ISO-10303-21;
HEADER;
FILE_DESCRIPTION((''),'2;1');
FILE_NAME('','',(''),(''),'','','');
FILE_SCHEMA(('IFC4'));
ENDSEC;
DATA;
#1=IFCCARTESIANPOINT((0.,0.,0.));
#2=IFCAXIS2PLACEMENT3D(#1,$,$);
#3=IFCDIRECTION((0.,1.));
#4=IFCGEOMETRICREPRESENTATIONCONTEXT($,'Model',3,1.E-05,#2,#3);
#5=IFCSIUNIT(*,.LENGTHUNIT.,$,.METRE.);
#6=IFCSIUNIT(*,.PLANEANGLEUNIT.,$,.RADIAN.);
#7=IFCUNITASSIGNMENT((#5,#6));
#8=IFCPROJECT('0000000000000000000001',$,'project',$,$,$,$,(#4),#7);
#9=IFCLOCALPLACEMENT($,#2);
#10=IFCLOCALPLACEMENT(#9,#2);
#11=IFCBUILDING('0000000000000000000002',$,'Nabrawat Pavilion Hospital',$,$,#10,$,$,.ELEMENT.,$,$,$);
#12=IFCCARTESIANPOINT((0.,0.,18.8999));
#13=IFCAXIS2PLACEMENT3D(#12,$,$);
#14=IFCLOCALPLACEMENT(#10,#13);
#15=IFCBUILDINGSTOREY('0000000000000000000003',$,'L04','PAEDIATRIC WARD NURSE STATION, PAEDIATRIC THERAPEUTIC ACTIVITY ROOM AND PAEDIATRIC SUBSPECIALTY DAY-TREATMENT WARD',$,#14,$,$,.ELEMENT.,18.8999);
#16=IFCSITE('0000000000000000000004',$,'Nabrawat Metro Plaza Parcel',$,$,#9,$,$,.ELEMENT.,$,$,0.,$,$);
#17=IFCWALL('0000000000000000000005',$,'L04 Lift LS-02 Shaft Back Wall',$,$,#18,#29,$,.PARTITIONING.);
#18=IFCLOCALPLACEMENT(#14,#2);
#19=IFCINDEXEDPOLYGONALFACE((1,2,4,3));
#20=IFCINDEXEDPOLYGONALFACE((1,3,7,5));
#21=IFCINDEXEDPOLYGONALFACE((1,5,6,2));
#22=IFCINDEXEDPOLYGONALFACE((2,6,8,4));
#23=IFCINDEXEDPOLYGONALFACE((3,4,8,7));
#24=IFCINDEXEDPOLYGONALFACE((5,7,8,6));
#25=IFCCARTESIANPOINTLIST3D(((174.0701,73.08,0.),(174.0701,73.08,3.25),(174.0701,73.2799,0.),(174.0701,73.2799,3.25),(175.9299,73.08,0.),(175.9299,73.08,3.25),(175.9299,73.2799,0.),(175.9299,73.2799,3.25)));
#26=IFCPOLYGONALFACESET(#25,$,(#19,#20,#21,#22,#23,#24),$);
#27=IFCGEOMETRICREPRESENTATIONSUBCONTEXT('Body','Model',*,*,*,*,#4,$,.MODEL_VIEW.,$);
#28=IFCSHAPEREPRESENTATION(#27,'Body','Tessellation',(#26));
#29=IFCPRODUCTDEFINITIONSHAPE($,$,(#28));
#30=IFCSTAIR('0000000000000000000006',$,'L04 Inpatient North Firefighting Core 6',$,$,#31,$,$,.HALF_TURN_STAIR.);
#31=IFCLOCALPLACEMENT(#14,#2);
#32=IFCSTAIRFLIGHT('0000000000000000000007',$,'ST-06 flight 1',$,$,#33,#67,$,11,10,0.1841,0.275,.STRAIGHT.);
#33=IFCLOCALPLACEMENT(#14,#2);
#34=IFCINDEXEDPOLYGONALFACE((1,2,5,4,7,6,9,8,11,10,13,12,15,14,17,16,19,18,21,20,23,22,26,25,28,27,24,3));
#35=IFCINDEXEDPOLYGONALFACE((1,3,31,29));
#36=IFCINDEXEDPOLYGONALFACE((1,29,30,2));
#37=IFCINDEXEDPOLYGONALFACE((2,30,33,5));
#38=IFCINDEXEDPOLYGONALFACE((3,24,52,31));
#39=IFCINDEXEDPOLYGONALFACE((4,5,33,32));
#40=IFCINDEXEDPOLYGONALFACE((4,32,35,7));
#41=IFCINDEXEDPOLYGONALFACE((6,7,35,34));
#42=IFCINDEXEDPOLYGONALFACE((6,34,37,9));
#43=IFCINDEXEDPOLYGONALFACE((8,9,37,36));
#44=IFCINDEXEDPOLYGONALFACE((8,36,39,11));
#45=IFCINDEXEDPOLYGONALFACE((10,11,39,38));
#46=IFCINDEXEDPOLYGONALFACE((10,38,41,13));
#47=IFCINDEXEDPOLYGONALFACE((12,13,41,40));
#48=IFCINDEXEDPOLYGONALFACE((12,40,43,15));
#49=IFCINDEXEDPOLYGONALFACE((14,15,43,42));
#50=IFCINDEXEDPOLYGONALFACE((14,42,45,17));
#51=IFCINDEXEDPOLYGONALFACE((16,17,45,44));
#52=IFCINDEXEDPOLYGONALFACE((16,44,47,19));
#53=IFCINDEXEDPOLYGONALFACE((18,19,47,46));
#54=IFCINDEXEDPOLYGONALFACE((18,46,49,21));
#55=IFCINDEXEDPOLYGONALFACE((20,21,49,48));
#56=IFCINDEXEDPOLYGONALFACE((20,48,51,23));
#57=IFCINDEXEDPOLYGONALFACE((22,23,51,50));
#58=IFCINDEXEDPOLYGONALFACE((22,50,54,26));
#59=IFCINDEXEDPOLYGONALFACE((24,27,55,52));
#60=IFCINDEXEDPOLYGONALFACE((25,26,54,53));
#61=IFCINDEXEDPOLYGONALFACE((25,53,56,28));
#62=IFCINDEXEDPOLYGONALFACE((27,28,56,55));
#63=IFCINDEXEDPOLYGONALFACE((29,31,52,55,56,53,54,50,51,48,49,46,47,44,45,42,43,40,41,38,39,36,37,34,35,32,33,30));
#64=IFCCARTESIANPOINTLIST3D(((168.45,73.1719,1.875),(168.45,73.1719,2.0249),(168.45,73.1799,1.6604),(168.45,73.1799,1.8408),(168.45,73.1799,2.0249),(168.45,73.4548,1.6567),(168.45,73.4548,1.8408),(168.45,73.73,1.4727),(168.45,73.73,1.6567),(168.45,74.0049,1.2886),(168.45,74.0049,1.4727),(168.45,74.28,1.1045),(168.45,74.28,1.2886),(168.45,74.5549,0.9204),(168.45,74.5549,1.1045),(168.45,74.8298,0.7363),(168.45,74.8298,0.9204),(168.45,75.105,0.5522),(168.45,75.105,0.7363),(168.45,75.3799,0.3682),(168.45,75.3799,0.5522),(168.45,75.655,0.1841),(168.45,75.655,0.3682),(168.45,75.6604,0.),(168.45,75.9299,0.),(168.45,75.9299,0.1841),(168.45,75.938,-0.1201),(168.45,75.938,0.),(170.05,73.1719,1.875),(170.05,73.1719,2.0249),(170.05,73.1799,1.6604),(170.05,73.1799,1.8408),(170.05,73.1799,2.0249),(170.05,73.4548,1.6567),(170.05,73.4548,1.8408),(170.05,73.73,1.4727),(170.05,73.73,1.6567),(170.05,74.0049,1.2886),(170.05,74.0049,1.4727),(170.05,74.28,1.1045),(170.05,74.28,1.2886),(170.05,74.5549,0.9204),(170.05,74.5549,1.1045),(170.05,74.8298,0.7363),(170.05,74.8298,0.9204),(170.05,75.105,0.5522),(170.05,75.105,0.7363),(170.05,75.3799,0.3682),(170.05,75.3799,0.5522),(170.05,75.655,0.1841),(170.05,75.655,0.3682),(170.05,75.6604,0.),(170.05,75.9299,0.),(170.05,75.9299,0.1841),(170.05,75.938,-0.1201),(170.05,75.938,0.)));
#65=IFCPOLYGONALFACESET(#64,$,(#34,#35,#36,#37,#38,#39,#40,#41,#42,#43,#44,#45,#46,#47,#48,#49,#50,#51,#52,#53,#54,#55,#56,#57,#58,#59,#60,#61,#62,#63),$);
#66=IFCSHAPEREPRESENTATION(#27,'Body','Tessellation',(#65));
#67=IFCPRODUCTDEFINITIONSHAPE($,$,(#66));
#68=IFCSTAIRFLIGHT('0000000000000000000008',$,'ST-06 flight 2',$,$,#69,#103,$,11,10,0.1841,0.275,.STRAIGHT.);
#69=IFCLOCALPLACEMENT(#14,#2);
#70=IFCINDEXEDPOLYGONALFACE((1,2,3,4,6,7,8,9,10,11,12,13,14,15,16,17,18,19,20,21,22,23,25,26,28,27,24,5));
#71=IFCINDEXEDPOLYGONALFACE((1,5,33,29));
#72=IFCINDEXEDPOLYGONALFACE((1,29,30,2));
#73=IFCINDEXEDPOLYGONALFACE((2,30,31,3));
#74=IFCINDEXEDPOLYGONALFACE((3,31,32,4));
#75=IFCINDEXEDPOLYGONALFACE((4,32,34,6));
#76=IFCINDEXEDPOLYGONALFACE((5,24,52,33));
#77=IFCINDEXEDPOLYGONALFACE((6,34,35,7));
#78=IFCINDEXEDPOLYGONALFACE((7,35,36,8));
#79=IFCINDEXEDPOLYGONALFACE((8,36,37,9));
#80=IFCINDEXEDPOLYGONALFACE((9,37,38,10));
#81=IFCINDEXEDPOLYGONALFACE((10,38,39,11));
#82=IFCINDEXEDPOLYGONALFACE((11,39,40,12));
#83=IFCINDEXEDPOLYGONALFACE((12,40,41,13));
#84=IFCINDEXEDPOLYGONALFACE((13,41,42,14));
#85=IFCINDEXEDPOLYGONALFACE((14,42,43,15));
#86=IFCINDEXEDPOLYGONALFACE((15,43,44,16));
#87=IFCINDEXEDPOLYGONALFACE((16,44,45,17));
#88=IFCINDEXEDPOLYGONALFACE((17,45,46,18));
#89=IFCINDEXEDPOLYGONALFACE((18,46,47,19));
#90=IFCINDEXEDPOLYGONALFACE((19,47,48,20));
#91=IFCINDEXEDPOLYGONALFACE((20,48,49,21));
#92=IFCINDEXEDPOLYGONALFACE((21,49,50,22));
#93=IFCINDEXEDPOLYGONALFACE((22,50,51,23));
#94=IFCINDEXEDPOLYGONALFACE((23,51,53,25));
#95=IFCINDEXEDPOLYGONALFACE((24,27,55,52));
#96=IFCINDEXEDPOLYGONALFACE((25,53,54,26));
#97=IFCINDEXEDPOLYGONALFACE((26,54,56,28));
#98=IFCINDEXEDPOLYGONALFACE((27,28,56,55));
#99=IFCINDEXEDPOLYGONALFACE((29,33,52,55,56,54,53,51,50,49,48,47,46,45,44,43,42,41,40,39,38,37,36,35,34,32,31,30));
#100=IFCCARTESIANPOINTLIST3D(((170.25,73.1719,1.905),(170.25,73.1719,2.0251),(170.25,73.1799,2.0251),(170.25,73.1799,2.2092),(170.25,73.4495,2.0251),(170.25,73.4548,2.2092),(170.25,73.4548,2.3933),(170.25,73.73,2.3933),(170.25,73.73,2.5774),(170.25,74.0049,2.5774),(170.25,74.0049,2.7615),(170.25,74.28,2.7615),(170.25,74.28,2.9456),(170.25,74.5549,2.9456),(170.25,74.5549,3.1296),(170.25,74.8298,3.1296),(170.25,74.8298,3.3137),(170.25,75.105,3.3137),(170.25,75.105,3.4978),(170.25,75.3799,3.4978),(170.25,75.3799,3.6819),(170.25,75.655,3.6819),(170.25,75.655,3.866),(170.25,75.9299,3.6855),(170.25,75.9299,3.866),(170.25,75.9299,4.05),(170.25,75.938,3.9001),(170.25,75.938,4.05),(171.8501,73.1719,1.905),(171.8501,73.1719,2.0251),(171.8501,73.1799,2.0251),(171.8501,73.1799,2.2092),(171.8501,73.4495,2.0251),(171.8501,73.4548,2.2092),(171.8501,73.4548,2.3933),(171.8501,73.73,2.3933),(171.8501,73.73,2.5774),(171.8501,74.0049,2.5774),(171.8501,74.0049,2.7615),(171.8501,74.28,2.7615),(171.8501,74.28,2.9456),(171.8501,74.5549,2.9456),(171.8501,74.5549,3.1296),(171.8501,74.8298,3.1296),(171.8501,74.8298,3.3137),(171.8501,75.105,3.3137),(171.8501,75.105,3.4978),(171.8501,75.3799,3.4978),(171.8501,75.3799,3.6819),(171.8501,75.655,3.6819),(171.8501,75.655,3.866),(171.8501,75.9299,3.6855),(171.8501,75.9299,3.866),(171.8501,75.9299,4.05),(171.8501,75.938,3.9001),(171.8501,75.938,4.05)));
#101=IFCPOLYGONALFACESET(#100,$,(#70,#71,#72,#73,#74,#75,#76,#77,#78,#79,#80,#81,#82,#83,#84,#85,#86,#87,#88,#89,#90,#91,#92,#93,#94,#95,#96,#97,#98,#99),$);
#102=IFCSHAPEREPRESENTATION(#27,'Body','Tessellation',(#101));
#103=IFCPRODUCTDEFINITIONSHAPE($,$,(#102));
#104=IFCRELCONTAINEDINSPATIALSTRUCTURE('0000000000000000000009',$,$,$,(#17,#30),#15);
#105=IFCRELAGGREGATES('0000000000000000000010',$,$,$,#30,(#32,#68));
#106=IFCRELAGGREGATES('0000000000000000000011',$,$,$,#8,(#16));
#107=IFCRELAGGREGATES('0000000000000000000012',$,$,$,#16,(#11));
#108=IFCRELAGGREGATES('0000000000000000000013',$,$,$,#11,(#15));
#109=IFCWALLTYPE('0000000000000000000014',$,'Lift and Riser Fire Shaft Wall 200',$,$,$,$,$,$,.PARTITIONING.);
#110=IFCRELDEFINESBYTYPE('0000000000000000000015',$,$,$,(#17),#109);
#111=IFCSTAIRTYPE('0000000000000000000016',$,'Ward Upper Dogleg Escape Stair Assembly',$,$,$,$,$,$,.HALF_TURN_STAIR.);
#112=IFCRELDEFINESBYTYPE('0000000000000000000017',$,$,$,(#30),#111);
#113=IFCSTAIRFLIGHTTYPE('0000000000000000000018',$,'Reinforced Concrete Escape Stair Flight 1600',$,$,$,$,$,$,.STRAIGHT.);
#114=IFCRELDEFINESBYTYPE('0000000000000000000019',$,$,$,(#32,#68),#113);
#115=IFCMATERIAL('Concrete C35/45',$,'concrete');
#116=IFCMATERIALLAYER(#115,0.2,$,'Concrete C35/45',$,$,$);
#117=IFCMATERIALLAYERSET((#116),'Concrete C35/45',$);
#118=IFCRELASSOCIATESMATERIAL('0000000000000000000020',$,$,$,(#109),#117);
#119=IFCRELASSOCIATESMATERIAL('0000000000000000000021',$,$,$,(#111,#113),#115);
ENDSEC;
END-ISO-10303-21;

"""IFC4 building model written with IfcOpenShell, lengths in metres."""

from ifc_helpers import new_model, si_unit, direction, frame, frame_2d, origin, place, context, subcontext, project, spatial, polyline, rectangle, outline, extrude, material, layer, layer_set, type_object, element, aggregate, save


model = new_model("IFC4")

# Units and contexts
model_context = context("Model", 3, precision=1e-05, world=origin(), true_north=direction((0.0, 1.0)))
body_context = subcontext(model_context, "Body", "Model", "MODEL_VIEW")
ifc_project = project(units=[si_unit("LENGTHUNIT", "METRE"), si_unit("PLANEANGLEUNIT", "RADIAN")], contexts=[model_context])

# Site, building, storey
site_placement = place(None, origin())
site = spatial("IfcSite", under=ifc_project, at=site_placement, Name="Nabrawat Metro Plaza Parcel", CompositionType="ELEMENT", RefElevation=0.0)
building_placement = place(site_placement, origin())
building = spatial("IfcBuilding", under=site, at=building_placement, Name="Nabrawat Pavilion Hospital", CompositionType="ELEMENT")
storey_placement = place(building_placement, frame((0.0, 0.0, 18.8999)))
storey = spatial("IfcBuildingStorey", under=building, at=storey_placement, Name="L04", Description="PAEDIATRIC WARD NURSE STATION, PAEDIATRIC THERAPEUTIC ACTIVITY ROOM AND PAEDIATRIC SUBSPECIALTY DAY-TREATMENT WARD", CompositionType="ELEMENT", Elevation=18.8999)

# Wall
ifc_material_1 = material(Name="Concrete C35/45", Category="concrete")
ifc_layer_1 = layer(ifc_material_1, 0.2, Name="Concrete C35/45")
ifc_layer_set_1 = layer_set([ifc_layer_1], Name="Concrete C35/45")
wall_type_1 = type_object("IfcWallType", Name="Lift and Riser Fire Shaft Wall 200", PredefinedType="PARTITIONING", material=ifc_layer_set_1)
wall_1_placement = place(storey_placement, frame((174.0701, 73.1799, 0.0), z_axis=(0.0, 0.0, 1.0), x_axis=(1.0, 0.0, 0.0)))
element("IfcWall", 1, at=wall_1_placement, inside=storey, type_object=wall_type_1, Name="L04 Lift LS-02 Shaft Back Wall", PredefinedType="PARTITIONING", context=body_context, shape_type="SweptSolid", body=[
    extrude(rectangle(XDim=1.8599, YDim=0.2, at=frame_2d((0.9299, 0.0))), origin(), (0.0, 0.0, 1.0), 3.25),
])

# Stair, stair flights
stair_type = type_object("IfcStairType", Name="Ward Upper Dogleg Escape Stair Assembly", PredefinedType="HALF_TURN_STAIR", material=ifc_material_1)
stair_placement = place(storey_placement, origin())
stair = element("IfcStair", 2, at=stair_placement, inside=storey, type_object=stair_type, Name="L04 Inpatient North Firefighting Core 6", PredefinedType="HALF_TURN_STAIR")
stair_flight_type = type_object("IfcStairFlightType", Name="Reinforced Concrete Escape Stair Flight 1600", PredefinedType="STRAIGHT", material=ifc_material_1)
stair_flight_1_placement = place(storey_placement, frame((169.25, 75.9299, 0.0), z_axis=(0.0, 0.0, 1.0), x_axis=(0.0, -1.0, 0.0)))
stair_flight_1 = element("IfcStairFlight", 3, at=stair_flight_1_placement, type_object=stair_flight_type, Name="ST-06 flight 1", NumberOfRisers=11, NumberOfTreads=10, PredefinedType="STRAIGHT", RiserHeight=0.1841, TreadLength=0.275, context=body_context, shape_type="SweptSolid", body=[
    extrude(outline(polyline([(-0.0081, 0.0), (0.0, 0.0), (0.0, 0.1841), (0.2749, 0.1841), (0.2749, 0.3682), (0.55, 0.3682), (0.55, 0.5522), (0.825, 0.5522), (0.825, 0.7363), (1.1001, 0.7363), (1.1001, 0.9204), (1.375, 0.9204), (1.375, 1.1045), (1.6499, 1.1045), (1.6499, 1.2886), (1.925, 1.2886), (1.925, 1.4727), (2.2, 1.4727), (2.2, 1.6567), (2.4751, 1.6567), (2.4751, 1.8408), (2.75, 1.8408), (2.75, 2.0249), (2.7581, 2.0249), (2.7581, 1.875), (2.75, 1.6604), (0.2695, 0.0), (-0.0081, -0.1201), (-0.0081, 0.0)])), frame((0.0, 0.8, 0.0), z_axis=(0.0, -1.0, 0.0), x_axis=(1.0, 0.0, 0.0)), (0.0, 0.0, 1.0), 1.6001),
])
stair_flight_2_placement = place(storey_placement, frame((171.05, 73.1799, 2.0251), z_axis=(0.0, 0.0, 1.0), x_axis=(0.0, 1.0, 0.0)))
stair_flight_2 = element("IfcStairFlight", 4, at=stair_flight_2_placement, type_object=stair_flight_type, Name="ST-06 flight 2", NumberOfRisers=11, NumberOfTreads=10, PredefinedType="STRAIGHT", RiserHeight=0.1841, TreadLength=0.275, context=body_context, shape_type="SweptSolid", body=[
    extrude(outline(polyline([(-0.0081, 0.0), (0.0, 0.0), (0.0, 0.1841), (0.2749, 0.1841), (0.2749, 0.3682), (0.55, 0.3682), (0.55, 0.5522), (0.825, 0.5522), (0.825, 0.7363), (1.1001, 0.7363), (1.1001, 0.9204), (1.375, 0.9204), (1.375, 1.1045), (1.6499, 1.1045), (1.6499, 1.2886), (1.925, 1.2886), (1.925, 1.4727), (2.2, 1.4727), (2.2, 1.6567), (2.4751, 1.6567), (2.4751, 1.8408), (2.75, 1.8408), (2.75, 2.0249), (2.7581, 2.0249), (2.7581, 1.875), (2.75, 1.6604), (0.2695, 0.0), (-0.0081, -0.1201), (-0.0081, 0.0)])), frame((0.0, 0.8, 0.0), z_axis=(0.0, -1.0, 0.0), x_axis=(1.0, 0.0, 0.0)), (0.0, 0.0, 1.0), 1.6001),
])
aggregate(stair, [stair_flight_1, stair_flight_2])

save(model, "model.ifc")
